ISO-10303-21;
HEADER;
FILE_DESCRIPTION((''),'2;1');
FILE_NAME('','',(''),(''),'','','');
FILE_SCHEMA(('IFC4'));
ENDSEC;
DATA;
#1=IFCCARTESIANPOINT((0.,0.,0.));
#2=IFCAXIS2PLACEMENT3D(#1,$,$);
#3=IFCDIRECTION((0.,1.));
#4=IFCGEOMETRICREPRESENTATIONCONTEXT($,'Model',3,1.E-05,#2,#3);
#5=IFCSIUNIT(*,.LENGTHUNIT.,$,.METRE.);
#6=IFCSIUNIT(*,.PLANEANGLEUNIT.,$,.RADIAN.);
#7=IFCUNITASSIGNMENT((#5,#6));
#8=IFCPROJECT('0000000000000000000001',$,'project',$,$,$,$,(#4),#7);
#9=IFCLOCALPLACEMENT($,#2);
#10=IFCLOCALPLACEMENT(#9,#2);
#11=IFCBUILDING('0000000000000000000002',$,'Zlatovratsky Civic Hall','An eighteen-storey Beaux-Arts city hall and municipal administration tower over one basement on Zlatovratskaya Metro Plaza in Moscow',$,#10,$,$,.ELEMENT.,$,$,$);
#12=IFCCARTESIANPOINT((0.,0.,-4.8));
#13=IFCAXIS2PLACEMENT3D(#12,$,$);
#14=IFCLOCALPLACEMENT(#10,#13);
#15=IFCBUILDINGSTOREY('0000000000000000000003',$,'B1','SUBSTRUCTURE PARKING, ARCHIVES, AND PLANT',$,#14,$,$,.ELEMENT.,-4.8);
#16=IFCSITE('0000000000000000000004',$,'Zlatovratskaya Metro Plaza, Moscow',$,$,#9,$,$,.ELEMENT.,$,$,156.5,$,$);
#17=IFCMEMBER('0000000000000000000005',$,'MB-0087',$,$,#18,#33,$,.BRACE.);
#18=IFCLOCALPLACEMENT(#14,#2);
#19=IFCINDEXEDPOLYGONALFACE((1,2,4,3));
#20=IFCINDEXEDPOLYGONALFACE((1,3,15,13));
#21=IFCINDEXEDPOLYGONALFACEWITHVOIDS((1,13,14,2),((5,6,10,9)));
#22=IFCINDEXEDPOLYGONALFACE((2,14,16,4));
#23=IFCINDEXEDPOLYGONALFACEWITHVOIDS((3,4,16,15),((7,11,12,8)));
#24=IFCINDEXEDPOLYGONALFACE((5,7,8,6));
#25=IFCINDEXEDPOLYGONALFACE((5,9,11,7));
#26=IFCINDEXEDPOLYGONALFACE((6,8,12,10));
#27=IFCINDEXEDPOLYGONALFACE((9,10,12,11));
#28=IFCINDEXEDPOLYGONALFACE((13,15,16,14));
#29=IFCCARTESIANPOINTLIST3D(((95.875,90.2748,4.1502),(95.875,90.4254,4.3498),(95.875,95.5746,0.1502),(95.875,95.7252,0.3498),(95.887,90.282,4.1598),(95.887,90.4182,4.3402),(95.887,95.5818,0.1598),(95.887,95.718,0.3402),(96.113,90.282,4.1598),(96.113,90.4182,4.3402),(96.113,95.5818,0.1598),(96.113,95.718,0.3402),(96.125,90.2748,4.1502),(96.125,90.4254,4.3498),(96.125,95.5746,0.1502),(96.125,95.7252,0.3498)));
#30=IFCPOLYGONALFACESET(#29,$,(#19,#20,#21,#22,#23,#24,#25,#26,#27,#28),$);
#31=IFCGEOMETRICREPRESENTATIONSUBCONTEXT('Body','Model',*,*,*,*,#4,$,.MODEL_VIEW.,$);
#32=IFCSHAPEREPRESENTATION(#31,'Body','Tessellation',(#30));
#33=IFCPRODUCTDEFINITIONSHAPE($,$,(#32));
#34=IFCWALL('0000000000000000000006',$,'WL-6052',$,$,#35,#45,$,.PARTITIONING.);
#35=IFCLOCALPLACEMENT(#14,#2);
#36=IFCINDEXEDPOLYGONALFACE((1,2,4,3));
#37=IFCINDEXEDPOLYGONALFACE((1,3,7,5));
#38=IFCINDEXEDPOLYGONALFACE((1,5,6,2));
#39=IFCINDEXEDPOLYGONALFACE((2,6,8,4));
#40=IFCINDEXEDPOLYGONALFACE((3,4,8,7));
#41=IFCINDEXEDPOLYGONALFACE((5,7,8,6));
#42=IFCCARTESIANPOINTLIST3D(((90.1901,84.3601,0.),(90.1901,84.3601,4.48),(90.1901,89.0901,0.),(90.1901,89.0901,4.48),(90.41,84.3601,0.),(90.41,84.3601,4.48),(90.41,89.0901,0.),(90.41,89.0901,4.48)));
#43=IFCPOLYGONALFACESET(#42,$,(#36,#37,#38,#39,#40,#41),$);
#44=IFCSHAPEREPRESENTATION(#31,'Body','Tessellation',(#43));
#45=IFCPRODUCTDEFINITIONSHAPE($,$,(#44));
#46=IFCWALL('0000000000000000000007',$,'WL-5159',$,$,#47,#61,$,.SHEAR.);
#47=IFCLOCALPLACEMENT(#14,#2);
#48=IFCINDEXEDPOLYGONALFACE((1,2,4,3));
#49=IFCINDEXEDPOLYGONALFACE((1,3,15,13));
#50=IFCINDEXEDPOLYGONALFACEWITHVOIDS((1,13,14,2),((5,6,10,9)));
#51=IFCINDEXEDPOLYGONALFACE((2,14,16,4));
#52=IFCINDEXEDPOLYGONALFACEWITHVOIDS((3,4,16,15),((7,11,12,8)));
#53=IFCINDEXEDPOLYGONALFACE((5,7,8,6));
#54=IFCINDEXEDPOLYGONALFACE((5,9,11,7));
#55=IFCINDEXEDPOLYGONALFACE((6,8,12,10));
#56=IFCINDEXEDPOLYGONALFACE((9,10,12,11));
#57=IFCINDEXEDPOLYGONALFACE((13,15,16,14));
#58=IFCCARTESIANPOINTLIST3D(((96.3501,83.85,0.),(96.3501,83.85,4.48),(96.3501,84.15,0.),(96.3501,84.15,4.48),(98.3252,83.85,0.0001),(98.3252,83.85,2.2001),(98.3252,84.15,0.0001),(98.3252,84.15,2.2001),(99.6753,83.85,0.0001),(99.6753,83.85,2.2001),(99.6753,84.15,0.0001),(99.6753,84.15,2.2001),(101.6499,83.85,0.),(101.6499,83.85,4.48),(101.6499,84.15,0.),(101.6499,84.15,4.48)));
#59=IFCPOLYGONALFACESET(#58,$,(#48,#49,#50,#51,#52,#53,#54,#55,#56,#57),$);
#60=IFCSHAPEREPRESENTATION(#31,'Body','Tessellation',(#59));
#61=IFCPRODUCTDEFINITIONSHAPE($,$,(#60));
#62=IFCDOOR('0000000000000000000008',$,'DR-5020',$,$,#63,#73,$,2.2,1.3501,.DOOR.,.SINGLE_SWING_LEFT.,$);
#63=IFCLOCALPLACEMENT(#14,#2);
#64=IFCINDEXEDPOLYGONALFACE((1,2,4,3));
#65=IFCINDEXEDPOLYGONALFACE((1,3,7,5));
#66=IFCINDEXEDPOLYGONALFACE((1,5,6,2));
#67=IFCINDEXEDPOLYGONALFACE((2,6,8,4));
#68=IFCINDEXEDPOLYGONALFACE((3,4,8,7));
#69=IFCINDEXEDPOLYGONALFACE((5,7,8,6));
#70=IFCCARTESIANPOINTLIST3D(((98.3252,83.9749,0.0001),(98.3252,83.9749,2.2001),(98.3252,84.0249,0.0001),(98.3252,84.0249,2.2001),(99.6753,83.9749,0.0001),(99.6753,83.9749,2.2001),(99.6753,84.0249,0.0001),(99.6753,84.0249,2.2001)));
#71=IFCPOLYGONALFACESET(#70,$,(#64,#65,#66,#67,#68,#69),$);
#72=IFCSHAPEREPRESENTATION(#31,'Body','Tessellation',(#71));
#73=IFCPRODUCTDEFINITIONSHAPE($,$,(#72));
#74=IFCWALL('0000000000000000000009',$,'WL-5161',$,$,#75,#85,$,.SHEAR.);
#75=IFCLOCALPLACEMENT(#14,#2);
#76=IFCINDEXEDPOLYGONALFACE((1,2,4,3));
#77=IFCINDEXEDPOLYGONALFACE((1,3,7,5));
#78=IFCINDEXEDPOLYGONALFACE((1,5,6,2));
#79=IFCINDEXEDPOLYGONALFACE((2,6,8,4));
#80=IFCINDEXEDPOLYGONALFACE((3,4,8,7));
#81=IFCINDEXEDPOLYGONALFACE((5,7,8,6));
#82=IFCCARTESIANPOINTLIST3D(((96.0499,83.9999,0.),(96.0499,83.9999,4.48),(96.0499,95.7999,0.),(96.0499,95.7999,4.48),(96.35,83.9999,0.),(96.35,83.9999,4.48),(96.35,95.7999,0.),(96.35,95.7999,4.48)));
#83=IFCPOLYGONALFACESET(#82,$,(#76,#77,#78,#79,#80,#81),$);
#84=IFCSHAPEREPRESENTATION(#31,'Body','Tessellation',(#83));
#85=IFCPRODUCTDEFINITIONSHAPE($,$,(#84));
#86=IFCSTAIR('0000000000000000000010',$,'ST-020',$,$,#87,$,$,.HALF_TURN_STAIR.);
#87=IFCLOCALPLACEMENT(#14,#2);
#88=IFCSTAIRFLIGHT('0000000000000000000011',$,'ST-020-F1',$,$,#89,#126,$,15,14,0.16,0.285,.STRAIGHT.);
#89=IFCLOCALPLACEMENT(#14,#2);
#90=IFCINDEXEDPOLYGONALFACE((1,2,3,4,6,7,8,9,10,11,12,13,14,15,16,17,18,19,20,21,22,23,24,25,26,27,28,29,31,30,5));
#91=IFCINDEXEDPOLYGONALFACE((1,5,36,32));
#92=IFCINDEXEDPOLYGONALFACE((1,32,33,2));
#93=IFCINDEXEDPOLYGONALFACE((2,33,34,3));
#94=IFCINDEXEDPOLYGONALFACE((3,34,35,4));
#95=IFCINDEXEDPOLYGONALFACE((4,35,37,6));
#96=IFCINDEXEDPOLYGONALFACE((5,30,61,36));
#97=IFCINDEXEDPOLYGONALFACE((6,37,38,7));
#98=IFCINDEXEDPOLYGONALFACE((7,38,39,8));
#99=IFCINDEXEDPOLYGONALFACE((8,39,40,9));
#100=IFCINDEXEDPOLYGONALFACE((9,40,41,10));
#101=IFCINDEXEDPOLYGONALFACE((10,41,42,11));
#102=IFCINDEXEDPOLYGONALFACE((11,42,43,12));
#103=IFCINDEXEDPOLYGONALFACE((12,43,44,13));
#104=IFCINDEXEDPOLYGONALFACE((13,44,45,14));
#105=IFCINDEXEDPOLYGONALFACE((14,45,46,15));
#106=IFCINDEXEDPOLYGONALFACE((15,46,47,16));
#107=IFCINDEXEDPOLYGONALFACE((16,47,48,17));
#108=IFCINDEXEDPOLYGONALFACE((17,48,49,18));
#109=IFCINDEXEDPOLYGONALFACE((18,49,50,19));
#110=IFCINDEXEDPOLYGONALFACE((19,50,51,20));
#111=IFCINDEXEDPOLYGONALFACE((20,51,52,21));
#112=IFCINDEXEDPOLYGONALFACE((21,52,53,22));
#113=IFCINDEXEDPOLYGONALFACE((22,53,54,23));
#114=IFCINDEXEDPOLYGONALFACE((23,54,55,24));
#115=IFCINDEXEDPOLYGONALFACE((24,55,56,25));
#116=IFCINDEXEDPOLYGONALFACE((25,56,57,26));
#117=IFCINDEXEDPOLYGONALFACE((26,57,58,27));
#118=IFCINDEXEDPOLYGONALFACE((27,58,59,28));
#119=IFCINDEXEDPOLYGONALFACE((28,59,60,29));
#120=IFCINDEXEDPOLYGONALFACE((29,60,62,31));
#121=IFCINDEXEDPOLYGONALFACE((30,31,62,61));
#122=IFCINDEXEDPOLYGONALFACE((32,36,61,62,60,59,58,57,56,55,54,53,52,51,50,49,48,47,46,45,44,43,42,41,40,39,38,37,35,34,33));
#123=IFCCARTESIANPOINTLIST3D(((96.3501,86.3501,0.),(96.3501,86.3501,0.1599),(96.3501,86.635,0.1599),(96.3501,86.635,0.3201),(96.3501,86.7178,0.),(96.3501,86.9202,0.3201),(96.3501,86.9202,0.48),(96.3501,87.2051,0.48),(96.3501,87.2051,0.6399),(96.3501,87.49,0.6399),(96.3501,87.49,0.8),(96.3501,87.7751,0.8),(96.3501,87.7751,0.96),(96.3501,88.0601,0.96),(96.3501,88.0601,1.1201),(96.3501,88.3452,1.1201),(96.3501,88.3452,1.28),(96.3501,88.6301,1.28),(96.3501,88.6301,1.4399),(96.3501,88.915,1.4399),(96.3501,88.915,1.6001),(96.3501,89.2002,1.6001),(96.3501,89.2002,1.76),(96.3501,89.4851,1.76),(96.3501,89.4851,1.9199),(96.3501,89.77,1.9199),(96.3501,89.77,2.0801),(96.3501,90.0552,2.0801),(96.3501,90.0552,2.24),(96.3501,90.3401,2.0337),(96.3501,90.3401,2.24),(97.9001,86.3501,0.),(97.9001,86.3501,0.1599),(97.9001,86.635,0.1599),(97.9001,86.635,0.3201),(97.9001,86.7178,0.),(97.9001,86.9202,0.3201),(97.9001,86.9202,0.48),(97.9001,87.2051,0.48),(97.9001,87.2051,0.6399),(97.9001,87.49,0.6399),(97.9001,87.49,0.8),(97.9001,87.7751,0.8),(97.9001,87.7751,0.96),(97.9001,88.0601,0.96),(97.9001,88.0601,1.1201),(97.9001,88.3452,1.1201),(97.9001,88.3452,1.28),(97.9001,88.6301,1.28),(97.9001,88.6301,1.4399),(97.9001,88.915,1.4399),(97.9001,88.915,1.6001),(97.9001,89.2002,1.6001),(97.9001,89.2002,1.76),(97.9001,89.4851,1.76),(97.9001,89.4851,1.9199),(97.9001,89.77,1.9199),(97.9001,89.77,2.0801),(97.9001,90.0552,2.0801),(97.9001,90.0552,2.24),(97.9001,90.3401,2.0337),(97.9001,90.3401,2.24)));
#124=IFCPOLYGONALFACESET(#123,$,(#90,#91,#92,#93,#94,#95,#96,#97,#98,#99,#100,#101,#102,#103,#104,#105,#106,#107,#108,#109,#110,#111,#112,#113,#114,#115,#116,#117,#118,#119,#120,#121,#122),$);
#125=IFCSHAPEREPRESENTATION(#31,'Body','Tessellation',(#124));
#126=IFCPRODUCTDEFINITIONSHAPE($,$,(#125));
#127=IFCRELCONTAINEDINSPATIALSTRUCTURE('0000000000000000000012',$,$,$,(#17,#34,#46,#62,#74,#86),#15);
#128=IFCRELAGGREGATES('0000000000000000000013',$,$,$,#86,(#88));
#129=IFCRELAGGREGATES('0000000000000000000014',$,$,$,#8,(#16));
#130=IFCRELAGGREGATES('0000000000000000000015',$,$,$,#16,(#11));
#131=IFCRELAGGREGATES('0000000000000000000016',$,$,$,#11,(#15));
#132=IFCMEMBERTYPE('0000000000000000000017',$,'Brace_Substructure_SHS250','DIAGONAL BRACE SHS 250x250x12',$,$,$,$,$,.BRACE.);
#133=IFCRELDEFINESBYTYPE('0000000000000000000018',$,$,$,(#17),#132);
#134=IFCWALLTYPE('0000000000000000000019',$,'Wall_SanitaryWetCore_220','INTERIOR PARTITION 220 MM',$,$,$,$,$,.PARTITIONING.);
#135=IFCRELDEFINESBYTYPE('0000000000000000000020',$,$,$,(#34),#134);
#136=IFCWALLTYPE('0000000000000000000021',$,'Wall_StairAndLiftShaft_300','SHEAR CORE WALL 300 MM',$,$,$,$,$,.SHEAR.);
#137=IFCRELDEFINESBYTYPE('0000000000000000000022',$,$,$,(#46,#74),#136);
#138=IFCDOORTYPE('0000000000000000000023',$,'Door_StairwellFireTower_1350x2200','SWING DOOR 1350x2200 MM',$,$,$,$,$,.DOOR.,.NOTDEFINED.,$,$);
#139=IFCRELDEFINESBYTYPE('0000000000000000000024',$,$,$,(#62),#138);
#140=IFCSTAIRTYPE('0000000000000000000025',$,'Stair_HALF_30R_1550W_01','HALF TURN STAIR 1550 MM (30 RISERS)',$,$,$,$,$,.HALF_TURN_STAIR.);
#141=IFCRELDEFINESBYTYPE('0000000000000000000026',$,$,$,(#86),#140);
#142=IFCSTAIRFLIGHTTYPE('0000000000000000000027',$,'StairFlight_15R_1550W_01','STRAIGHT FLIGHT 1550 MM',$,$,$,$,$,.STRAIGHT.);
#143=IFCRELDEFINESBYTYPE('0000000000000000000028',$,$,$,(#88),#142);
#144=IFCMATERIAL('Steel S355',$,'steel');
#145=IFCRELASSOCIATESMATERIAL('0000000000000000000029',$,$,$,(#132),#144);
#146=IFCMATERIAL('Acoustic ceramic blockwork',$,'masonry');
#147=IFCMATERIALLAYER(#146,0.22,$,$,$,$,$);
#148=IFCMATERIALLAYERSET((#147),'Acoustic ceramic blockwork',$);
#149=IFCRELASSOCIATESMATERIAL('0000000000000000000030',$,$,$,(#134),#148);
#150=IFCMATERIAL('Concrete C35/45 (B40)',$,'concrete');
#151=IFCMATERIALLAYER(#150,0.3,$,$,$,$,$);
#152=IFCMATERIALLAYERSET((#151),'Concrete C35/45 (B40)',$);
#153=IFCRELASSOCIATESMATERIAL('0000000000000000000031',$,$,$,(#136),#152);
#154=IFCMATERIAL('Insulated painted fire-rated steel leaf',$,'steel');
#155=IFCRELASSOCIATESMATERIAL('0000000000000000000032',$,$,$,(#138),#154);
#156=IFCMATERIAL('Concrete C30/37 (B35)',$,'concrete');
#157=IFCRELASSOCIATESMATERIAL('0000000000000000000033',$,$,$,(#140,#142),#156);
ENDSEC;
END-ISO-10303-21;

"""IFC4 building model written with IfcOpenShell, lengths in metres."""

from ifc_helpers import new_model, si_unit, direction, frame, frame_2d, origin, origin_2d, place, context, subcontext, project, spatial, polyline, rectangle, hollow_rectangle, outline, extrude, material, layer, layer_set, material_profile, profile_set, type_object, element, fill, aggregate, save


model = new_model("IFC4")

# Units and contexts
model_context = context("Model", 3, precision=1e-05, world=origin(), true_north=direction((0.0, 1.0)))
body_context = subcontext(model_context, "Body", "Model", "MODEL_VIEW")
ifc_project = project(units=[si_unit("LENGTHUNIT", "METRE"), si_unit("PLANEANGLEUNIT", "RADIAN")], contexts=[model_context])

# Site, building, storey
site_placement = place(None, origin())
site = spatial("IfcSite", under=ifc_project, at=site_placement, Name="Zlatovratskaya Metro Plaza, Moscow", CompositionType="ELEMENT", RefElevation=156.5)
building_placement = place(site_placement, origin())
building = spatial("IfcBuilding", under=site, at=building_placement, Name="Zlatovratsky Civic Hall", Description="An eighteen-storey Beaux-Arts city hall and municipal administration tower over one basement on Zlatovratskaya Metro Plaza in Moscow", CompositionType="ELEMENT")
storey_placement = place(building_placement, frame((0.0, 0.0, -4.8)))
storey = spatial("IfcBuildingStorey", under=building, at=storey_placement, Name="B1", Description="SUBSTRUCTURE PARKING, ARCHIVES, AND PLANT", CompositionType="ELEMENT", Elevation=-4.8)

# Shared definitions
ifc_material_1 = material(Name="Concrete C35/45 (B40)", Category="concrete")

# Shared definitions
ifc_material_2 = material(Name="Steel S355", Category="steel")

# Member
ifc_material_profile_1 = material_profile(ifc_material_2, hollow_rectangle(XDim=0.25, YDim=0.25, WallThickness=0.012, at=origin_2d()), Name="SHS 250x250x12")
ifc_profile_set_1 = profile_set([ifc_material_profile_1], Name="Steel S355")
member_type = type_object("IfcMemberType", Name="Brace_Substructure_SHS250", Description="DIAGONAL BRACE SHS 250x250x12", PredefinedType="BRACE", material=ifc_profile_set_1)
for number, where, z_axis, x_axis, name in (
    (1, (96.0, 90.3501, 4.25), (0.0, 0.798178, -0.602421), (-1.0, 0.0, 0.0), "MB-0087"),
):
    element("IfcMember", number, at=place(storey_placement, frame(where, z_axis=z_axis, x_axis=x_axis)), inside=storey, type_object=member_type, Name=name, PredefinedType="BRACE", context=body_context, shape_type="SweptSolid", body=[
        extrude(hollow_rectangle(XDim=0.25, YDim=0.25, WallThickness=0.012, at=origin_2d()), origin(), (0.0, 0.0, 1.0), 6.6399),
    ])

# Shared definitions
ifc_material_3 = material(Name="Acoustic ceramic blockwork", Category="masonry")
ifc_layer_1 = layer(ifc_material_3, 0.22)
ifc_layer_set_1 = layer_set([ifc_layer_1], Name="Acoustic ceramic blockwork")
wall_type_1 = type_object("IfcWallType", Name="Wall_SanitaryWetCore_220", Description="INTERIOR PARTITION 220 MM", PredefinedType="PARTITIONING", material=ifc_layer_set_1)
ifc_material_4 = material(Name="Insulated painted fire-rated steel leaf", Category="steel")

# Wall
wall_1_placement = place(storey_placement, frame((90.3, 84.3601, 0.0), z_axis=(0.0, 0.0, 1.0), x_axis=(0.0, 1.0, 0.0)))
element("IfcWall", 2, at=wall_1_placement, inside=storey, type_object=wall_type_1, Name="WL-6052", PredefinedType="PARTITIONING", context=body_context, shape_type="SweptSolid", body=[
    extrude(rectangle(XDim=4.73, YDim=0.22, at=frame_2d((2.365, 0.0))), origin(), (0.0, 0.0, 1.0), 4.48),
])

# Wall, opening, door
ifc_layer_2 = layer(ifc_material_1, 0.3)
ifc_layer_set_2 = layer_set([ifc_layer_2], Name="Concrete C35/45 (B40)")
wall_type_2 = type_object("IfcWallType", Name="Wall_StairAndLiftShaft_300", Description="SHEAR CORE WALL 300 MM", PredefinedType="SHEAR", material=ifc_layer_set_2)
wall_2_placement = place(storey_placement, frame((96.3501, 84.0, 0.0), z_axis=(0.0, 0.0, 1.0), x_axis=(1.0, 0.0, 0.0)))
wall_2 = element("IfcWall", 3, at=wall_2_placement, inside=storey, type_object=wall_type_2, Name="WL-5159", PredefinedType="SHEAR", context=body_context, shape_type="SweptSolid", body=[
    extrude(rectangle(XDim=5.2998, YDim=0.3, at=frame_2d((2.6499, 0.0))), origin(), (0.0, 0.0, 1.0), 4.48),
])
opening_1_placement = place(wall_2_placement, frame((1.9751, 0.0, 0.0)))
opening_1 = element("IfcOpeningElement", 4, at=opening_1_placement, cuts=wall_2, PredefinedType="OPENING", context=body_context, shape_type="SweptSolid", body=[
    extrude(rectangle(XDim=1.3501, YDim=2.2, at=frame_2d((0.675, 1.1001))), frame((0.0, 0.165, 0.0), z_axis=(0.0, -1.0, 0.0), x_axis=(1.0, 0.0, 0.0)), (0.0, 0.0, 1.0), 0.3298),
])
door_type_1 = type_object("IfcDoorType", Name="Door_StairwellFireTower_1350x2200", Description="SWING DOOR 1350x2200 MM", OperationType="NOTDEFINED", PredefinedType="DOOR", material=ifc_material_4)
door_1_placement = place(opening_1_placement, origin())
door_1 = element("IfcDoor", 5, at=door_1_placement, inside=storey, type_object=door_type_1, Name="DR-5020", OperationType="SINGLE_SWING_LEFT", OverallHeight=2.2, OverallWidth=1.3501, PredefinedType="DOOR", context=body_context, shape_type="SweptSolid", body=[
    extrude(rectangle(XDim=1.3501, YDim=2.2, at=frame_2d((0.675, 1.1001))), frame((0.0, 0.0249, 0.0), z_axis=(0.0, -1.0, 0.0), x_axis=(1.0, 0.0, 0.0)), (0.0, 0.0, 1.0), 0.05),
])
fill(opening_1, door_1)

# Wall
wall_3_placement = place(storey_placement, frame((96.2, 84.0, 0.0), z_axis=(0.0, 0.0, 1.0), x_axis=(0.0, 1.0, 0.0)))
element("IfcWall", 6, at=wall_3_placement, inside=storey, type_object=wall_type_2, Name="WL-5161", PredefinedType="SHEAR", context=body_context, shape_type="SweptSolid", body=[
    extrude(rectangle(XDim=11.8, YDim=0.3, at=frame_2d((5.8999, 0.0))), origin(), (0.0, 0.0, 1.0), 4.48),
])

# Stair, stair flight
ifc_material_5 = material(Name="Concrete C30/37 (B35)", Category="concrete")
stair_type = type_object("IfcStairType", Name="Stair_HALF_30R_1550W_01", Description="HALF TURN STAIR 1550 MM (30 RISERS)", PredefinedType="HALF_TURN_STAIR", material=ifc_material_5)
stair_placement = place(storey_placement, origin())
stair = element("IfcStair", 7, at=stair_placement, inside=storey, type_object=stair_type, Name="ST-020", PredefinedType="HALF_TURN_STAIR")
stair_flight_type = type_object("IfcStairFlightType", Name="StairFlight_15R_1550W_01", Description="STRAIGHT FLIGHT 1550 MM", PredefinedType="STRAIGHT", material=ifc_material_5)
stair_flight_placement = place(storey_placement, frame((97.125, 86.3501, 0.0), z_axis=(0.0, 0.0, 1.0), x_axis=(0.0, 1.0, 0.0)))
stair_flight = element("IfcStairFlight", 8, at=stair_flight_placement, type_object=stair_flight_type, Name="ST-020-F1", NumberOfRisers=15, NumberOfTreads=14, PredefinedType="STRAIGHT", RiserHeight=0.16, TreadLength=0.285, context=body_context, shape_type="SweptSolid", body=[
    extrude(outline(polyline([(0.0, 0.0), (0.0, 0.1599), (0.2849, 0.1599), (0.2849, 0.3201), (0.5701, 0.3201), (0.5701, 0.48), (0.855, 0.48), (0.855, 0.6399), (1.1399, 0.6399), (1.1399, 0.8), (1.425, 0.8), (1.425, 0.96), (1.71, 0.96), (1.71, 1.1201), (1.9951, 1.1201), (1.9951, 1.28), (2.28, 1.28), (2.28, 1.4399), (2.5649, 1.4399), (2.5649, 1.6001), (2.8501, 1.6001), (2.8501, 1.76), (3.135, 1.76), (3.135, 1.9199), (3.4199, 1.9199), (3.4199, 2.0801), (3.7051, 2.0801), (3.7051, 2.24), (3.99, 2.24), (3.99, 2.3999), (3.99, 2.0337), (0.3677, 0.0), (0.0, 0.0)])), frame((0.0, 0.7749, 0.0), z_axis=(0.0, -1.0, 0.0), x_axis=(1.0, 0.0, 0.0)), (0.0, 0.0, 1.0), 1.55),
])
aggregate(stair, [stair_flight])

save(model, "model.ifc")
